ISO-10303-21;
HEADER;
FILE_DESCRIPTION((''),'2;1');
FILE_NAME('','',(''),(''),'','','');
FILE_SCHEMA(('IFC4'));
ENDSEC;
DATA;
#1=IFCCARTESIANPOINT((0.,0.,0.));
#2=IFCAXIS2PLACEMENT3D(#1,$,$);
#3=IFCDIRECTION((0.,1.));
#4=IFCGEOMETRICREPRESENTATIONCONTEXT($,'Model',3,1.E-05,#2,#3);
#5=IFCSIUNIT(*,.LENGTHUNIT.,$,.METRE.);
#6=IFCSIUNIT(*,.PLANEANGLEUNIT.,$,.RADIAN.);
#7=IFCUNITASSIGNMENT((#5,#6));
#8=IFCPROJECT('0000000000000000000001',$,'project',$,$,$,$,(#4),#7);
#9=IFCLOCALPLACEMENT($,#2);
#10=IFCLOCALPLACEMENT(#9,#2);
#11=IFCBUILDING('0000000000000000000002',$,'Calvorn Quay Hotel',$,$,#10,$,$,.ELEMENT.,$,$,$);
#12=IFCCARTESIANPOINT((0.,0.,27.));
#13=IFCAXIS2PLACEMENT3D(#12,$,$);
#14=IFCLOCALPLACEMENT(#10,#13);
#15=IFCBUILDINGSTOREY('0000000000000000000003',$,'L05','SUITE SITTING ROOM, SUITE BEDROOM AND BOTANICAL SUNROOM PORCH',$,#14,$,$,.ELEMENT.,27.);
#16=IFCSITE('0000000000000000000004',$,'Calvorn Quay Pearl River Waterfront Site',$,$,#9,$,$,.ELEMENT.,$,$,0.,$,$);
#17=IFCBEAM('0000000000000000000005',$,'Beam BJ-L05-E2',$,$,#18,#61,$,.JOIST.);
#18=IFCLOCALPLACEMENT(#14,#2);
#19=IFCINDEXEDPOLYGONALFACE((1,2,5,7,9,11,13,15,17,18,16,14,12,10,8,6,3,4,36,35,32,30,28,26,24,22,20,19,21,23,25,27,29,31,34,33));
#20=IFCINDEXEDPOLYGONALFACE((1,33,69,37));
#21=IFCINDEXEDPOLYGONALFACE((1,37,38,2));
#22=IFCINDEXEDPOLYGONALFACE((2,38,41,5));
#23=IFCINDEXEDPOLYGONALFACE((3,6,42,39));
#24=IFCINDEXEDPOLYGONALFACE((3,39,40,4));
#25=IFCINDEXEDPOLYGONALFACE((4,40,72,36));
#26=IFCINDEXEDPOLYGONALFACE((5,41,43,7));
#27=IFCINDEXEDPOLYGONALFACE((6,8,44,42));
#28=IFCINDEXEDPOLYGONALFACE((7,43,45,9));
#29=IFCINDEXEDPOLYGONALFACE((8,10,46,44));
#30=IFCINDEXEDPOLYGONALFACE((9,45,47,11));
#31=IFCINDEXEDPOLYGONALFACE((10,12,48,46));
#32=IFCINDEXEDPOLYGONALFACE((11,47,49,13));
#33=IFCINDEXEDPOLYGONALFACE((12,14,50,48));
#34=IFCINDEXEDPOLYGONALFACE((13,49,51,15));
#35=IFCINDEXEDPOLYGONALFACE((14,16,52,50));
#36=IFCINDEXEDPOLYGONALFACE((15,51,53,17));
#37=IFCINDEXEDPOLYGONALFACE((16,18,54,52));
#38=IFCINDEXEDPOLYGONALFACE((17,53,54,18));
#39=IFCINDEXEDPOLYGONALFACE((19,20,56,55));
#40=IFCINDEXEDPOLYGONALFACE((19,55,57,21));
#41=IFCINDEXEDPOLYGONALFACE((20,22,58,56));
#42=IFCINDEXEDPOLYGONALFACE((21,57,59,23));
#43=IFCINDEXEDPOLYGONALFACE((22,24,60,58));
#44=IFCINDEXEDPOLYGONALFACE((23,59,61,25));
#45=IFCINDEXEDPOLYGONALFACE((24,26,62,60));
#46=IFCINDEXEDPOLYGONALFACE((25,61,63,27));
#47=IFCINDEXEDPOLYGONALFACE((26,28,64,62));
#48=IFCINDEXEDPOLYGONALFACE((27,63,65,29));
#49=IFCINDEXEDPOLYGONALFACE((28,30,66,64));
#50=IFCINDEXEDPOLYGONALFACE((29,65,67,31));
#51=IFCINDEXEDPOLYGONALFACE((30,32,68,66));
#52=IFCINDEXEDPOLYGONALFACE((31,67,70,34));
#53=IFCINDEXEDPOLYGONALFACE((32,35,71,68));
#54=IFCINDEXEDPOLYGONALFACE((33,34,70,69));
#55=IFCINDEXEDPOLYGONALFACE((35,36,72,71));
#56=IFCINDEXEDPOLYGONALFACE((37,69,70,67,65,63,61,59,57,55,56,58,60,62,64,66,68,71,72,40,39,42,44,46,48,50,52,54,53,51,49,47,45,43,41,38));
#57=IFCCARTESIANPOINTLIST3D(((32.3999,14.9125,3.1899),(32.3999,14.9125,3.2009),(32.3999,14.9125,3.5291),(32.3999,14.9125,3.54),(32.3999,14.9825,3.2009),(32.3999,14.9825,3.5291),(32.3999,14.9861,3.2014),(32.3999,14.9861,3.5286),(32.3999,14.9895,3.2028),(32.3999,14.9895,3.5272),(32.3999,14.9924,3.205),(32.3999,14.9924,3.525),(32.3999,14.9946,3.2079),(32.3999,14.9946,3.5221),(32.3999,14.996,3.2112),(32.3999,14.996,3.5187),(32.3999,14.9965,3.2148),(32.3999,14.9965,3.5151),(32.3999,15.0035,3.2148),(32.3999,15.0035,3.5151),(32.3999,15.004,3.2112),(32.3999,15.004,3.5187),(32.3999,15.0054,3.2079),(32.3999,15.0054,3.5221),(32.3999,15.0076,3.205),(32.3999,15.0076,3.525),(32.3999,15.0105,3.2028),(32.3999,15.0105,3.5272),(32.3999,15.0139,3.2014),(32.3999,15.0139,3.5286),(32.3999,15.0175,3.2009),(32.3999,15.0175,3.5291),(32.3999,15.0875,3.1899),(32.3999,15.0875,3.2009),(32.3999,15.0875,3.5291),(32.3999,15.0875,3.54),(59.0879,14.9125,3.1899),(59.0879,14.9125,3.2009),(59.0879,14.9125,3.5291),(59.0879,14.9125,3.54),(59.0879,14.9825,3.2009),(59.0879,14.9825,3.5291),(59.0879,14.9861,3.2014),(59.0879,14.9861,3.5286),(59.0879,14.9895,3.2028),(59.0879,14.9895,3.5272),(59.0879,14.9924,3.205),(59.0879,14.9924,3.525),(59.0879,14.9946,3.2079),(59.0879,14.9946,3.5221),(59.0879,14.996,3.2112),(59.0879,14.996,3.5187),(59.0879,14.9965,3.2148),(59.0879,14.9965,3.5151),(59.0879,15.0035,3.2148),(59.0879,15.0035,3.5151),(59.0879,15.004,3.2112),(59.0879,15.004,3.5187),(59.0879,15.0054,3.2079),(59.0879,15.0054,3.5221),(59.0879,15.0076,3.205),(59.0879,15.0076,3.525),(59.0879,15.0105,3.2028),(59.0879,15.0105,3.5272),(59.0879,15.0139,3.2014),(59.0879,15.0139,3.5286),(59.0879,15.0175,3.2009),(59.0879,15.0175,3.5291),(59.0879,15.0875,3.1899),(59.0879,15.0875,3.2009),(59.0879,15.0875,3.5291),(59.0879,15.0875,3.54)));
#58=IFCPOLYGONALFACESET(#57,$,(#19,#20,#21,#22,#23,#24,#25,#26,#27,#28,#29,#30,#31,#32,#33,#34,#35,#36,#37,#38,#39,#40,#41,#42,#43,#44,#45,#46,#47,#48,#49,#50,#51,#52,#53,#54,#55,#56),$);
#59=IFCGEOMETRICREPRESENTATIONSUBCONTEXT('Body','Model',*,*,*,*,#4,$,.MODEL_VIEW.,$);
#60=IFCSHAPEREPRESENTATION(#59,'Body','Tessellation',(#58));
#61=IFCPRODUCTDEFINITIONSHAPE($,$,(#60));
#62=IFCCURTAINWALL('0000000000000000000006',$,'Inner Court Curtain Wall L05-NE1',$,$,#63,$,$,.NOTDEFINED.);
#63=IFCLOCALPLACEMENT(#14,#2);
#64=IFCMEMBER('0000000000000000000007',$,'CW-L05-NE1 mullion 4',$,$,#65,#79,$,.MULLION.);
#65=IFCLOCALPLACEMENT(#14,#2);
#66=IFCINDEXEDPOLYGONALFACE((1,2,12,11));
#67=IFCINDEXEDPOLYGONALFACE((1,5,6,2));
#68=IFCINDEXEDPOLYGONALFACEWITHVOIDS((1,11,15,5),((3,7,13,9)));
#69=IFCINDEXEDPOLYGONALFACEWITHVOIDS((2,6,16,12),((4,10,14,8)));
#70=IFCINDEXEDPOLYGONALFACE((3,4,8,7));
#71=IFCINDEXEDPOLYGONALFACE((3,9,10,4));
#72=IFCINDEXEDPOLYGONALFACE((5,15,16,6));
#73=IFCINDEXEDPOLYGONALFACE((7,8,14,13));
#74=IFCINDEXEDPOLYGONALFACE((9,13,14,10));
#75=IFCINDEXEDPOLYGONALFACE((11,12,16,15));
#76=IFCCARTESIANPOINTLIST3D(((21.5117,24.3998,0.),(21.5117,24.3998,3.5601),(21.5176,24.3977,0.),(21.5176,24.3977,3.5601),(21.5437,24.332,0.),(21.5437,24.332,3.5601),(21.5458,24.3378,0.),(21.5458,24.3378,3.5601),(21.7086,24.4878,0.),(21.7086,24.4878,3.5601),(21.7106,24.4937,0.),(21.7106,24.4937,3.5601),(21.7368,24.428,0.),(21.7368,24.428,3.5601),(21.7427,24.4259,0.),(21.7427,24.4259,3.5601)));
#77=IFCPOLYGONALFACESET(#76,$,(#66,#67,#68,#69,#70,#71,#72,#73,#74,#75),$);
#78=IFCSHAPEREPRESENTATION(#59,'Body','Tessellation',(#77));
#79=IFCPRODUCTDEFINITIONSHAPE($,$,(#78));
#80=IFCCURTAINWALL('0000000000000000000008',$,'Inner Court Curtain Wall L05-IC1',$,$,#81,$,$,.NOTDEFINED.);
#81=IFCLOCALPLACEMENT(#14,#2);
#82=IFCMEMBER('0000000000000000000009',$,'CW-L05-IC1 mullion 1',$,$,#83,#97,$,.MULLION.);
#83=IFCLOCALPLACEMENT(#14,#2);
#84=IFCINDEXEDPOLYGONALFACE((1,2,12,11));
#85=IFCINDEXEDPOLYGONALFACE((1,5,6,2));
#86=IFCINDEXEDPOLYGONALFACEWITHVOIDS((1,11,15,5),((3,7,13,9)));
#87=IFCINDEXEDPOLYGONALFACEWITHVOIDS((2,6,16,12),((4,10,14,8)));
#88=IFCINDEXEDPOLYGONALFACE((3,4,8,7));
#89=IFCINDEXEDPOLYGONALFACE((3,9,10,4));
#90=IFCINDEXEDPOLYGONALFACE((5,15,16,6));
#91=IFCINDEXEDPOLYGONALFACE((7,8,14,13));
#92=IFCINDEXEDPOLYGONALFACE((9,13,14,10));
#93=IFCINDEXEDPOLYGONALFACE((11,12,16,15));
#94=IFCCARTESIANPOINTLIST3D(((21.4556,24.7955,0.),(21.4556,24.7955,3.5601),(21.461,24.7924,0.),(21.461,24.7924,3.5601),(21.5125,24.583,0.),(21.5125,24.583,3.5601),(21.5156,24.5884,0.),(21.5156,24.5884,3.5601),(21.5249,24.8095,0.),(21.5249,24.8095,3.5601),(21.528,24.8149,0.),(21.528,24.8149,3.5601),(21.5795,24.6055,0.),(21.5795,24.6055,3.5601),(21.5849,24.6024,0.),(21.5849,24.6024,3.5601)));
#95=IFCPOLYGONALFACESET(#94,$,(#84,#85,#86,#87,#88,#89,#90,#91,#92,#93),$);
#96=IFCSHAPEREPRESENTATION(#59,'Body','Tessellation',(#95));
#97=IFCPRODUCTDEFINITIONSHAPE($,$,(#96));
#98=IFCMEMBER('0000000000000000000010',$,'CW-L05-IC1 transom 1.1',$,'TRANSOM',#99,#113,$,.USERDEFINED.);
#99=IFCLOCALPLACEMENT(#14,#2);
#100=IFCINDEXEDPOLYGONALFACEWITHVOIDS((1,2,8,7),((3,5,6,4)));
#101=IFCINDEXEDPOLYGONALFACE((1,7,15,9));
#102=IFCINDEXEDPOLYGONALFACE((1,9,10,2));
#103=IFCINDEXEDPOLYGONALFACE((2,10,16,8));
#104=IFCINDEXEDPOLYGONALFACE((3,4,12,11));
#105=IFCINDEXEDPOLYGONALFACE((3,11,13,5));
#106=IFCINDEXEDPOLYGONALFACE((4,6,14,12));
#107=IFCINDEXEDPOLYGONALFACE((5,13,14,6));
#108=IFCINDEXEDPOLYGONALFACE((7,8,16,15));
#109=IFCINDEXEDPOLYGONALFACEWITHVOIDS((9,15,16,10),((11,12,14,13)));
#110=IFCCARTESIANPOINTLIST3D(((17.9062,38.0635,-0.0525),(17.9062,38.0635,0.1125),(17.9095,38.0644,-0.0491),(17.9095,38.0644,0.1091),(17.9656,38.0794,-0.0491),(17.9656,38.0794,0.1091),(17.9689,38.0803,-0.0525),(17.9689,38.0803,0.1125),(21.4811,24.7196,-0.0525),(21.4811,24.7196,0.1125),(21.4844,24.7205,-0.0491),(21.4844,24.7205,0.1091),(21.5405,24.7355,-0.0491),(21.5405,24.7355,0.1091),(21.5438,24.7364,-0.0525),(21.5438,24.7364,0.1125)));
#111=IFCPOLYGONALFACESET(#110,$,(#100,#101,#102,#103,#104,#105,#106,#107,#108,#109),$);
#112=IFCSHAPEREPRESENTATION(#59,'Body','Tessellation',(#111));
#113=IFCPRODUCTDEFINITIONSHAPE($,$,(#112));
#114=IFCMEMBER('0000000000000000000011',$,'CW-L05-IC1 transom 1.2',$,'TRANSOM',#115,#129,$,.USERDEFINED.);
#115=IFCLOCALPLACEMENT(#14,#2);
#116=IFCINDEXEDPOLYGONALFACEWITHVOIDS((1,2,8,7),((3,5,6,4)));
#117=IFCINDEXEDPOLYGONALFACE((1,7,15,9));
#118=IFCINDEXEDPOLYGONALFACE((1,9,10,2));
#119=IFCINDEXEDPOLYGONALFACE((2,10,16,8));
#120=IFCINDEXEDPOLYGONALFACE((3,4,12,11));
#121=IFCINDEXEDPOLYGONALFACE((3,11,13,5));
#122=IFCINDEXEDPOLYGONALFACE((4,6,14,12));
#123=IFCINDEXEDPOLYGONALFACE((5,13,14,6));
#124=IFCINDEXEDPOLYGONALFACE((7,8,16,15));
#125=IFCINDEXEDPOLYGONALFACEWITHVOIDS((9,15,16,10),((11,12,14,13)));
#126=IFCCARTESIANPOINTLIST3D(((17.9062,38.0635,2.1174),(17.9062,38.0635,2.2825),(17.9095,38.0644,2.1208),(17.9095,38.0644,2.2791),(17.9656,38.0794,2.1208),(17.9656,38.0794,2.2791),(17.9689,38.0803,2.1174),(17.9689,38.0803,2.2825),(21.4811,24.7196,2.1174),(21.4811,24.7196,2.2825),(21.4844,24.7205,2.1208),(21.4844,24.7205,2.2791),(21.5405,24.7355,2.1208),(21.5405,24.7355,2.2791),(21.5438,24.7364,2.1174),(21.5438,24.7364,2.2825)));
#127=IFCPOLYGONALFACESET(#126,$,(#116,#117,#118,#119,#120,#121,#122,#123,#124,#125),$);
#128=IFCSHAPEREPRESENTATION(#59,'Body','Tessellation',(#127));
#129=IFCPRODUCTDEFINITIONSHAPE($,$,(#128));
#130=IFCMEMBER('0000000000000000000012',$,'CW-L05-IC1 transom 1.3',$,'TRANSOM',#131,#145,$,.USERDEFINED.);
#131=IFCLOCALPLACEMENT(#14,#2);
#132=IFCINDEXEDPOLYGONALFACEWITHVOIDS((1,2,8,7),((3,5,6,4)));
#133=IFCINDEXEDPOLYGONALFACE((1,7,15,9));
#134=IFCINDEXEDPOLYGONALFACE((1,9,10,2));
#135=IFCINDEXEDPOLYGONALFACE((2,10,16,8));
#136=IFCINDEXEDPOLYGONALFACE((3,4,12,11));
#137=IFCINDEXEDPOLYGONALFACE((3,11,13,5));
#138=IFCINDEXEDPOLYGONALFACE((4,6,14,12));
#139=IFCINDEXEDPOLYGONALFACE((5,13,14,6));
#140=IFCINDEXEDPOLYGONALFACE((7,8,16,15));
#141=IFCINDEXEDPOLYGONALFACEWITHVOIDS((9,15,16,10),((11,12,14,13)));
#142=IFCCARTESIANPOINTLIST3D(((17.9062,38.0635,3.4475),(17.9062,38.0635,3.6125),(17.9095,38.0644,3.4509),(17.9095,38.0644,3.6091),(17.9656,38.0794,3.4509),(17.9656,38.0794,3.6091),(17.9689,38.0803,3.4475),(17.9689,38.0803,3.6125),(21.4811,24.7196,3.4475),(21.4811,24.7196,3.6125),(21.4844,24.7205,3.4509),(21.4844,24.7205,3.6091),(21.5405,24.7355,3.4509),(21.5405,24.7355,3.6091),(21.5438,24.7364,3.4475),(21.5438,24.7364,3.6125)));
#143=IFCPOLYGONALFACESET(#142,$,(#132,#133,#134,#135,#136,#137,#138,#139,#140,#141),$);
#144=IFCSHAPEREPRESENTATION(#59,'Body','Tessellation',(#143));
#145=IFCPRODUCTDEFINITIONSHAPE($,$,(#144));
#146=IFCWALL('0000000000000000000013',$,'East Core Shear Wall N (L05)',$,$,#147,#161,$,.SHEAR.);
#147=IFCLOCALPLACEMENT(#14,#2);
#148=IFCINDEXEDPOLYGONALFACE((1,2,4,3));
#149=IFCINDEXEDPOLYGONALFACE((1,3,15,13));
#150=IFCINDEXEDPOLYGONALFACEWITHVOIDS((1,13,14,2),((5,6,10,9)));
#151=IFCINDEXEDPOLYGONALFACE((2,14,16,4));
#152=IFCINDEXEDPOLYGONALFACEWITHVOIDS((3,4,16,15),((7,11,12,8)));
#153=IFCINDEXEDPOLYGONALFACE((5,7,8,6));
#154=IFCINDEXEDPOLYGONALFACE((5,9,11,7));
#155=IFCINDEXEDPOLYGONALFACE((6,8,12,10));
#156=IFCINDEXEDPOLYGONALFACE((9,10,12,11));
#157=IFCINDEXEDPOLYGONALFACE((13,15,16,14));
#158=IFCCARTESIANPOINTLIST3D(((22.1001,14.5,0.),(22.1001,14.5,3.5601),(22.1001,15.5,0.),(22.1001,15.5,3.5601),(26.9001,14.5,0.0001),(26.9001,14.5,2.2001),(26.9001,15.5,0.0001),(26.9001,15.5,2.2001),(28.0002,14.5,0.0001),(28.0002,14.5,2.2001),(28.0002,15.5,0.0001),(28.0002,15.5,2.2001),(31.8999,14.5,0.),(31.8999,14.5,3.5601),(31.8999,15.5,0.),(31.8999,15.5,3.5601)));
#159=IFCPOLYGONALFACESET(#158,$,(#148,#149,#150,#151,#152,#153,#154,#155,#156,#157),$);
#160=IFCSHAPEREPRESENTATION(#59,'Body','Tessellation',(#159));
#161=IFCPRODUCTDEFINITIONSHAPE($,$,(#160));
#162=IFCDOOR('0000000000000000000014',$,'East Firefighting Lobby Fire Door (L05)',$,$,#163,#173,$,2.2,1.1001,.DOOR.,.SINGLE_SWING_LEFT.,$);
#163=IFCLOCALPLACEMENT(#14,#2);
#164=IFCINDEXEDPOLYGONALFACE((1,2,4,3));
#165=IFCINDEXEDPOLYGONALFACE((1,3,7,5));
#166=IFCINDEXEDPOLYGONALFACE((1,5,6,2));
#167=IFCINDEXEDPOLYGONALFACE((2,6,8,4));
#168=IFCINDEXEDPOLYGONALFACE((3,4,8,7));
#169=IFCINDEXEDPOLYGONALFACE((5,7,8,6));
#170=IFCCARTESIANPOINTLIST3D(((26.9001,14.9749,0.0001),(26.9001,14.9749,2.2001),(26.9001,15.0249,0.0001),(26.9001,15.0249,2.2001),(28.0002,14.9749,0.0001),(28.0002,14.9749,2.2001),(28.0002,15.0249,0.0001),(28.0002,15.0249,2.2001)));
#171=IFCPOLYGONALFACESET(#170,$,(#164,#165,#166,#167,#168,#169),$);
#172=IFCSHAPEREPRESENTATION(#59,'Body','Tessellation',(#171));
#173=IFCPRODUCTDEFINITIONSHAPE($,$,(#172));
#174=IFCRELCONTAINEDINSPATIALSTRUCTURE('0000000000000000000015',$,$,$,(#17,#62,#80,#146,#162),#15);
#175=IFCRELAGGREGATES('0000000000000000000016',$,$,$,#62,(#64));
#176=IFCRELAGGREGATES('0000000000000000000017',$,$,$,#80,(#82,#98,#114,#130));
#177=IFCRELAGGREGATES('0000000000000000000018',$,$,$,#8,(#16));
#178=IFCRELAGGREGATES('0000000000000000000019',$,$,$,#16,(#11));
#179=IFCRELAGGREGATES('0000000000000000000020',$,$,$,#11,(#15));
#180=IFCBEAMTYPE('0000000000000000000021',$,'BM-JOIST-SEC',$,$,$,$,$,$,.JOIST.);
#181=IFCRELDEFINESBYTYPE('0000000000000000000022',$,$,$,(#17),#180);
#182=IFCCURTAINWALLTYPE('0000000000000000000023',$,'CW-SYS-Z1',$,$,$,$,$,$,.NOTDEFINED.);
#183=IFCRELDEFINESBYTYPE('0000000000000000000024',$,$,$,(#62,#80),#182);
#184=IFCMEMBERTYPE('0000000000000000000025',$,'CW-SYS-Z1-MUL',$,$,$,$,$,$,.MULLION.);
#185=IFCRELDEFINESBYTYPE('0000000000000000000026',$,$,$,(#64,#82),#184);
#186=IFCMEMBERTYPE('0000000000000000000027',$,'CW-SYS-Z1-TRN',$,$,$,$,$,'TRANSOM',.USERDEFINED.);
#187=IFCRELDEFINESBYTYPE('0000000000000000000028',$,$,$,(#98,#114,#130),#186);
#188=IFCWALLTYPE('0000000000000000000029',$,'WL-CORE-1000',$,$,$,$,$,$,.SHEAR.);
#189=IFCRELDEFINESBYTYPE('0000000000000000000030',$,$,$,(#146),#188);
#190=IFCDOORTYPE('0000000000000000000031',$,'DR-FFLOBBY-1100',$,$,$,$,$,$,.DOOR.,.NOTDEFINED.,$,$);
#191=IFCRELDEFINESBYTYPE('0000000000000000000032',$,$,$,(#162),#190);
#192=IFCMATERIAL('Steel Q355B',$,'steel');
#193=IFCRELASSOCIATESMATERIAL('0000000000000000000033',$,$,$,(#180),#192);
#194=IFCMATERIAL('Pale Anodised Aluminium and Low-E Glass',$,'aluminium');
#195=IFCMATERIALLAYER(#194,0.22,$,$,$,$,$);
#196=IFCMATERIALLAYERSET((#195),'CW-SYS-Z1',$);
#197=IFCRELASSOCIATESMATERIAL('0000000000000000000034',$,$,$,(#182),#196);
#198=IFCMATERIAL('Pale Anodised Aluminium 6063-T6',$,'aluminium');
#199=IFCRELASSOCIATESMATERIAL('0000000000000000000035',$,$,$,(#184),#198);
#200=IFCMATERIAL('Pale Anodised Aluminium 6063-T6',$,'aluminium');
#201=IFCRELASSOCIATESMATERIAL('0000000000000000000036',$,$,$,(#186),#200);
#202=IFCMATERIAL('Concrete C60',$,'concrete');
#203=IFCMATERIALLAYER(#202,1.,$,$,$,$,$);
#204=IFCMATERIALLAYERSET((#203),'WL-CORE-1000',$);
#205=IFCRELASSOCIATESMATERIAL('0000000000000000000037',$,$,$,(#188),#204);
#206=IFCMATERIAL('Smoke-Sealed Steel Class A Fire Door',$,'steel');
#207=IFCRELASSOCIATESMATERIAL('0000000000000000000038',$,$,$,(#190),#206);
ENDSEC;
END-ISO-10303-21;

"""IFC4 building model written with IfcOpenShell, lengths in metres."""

from ifc_helpers import new_model, si_unit, direction, frame, frame_2d, origin, origin_2d, place, context, subcontext, project, spatial, rectangle, hollow_rectangle, i_section, extrude, material, layer, layer_set, material_profile, profile_set, type_object, element, fill, aggregate, save


model = new_model("IFC4")

# Units and contexts
model_context = context("Model", 3, precision=1e-05, world=origin(), true_north=direction((0.0, 1.0)))
body_context = subcontext(model_context, "Body", "Model", "MODEL_VIEW")
ifc_project = project(units=[si_unit("LENGTHUNIT", "METRE"), si_unit("PLANEANGLEUNIT", "RADIAN")], contexts=[model_context])

# Site, building, storey
site_placement = place(None, origin())
site = spatial("IfcSite", under=ifc_project, at=site_placement, Name="Calvorn Quay Pearl River Waterfront Site", CompositionType="ELEMENT", RefElevation=0.0)
building_placement = place(site_placement, origin())
building = spatial("IfcBuilding", under=site, at=building_placement, Name="Calvorn Quay Hotel", CompositionType="ELEMENT")
storey_placement = place(building_placement, frame((0.0, 0.0, 27.0)))
storey = spatial("IfcBuildingStorey", under=building, at=storey_placement, Name="L05", Description="SUITE SITTING ROOM, SUITE BEDROOM AND BOTANICAL SUNROOM PORCH", CompositionType="ELEMENT", Elevation=27.0)

# Beam
ifc_material_1 = material(Name="Steel Q355B", Category="steel")
ifc_material_profile_1 = material_profile(ifc_material_1, i_section(OverallWidth=0.175, OverallDepth=0.3501, WebThickness=0.0071, FlangeThickness=0.011, FilletRadius=0.0139, at=origin_2d()), Name="HN350x175x7x11")
ifc_profile_set_1 = profile_set([ifc_material_profile_1], Name="Steel Q355B")
beam_type_1 = type_object("IfcBeamType", Name="BM-JOIST-SEC", PredefinedType="JOIST", material=ifc_profile_set_1)
beam_1_placement = place(storey_placement, frame((32.3999, 15.0, 3.365), z_axis=(1.0, 0.0, 0.0), x_axis=(0.0, 1.0, 0.0)))
element("IfcBeam", 1, at=beam_1_placement, inside=storey, type_object=beam_type_1, Name="Beam BJ-L05-E2", PredefinedType="JOIST", context=body_context, shape_type="SweptSolid", body=[
    extrude(i_section(OverallWidth=0.175, OverallDepth=0.3501, WebThickness=0.0071, FlangeThickness=0.011, FilletRadius=0.0139, at=origin_2d()), origin(), (0.0, 0.0, 1.0), 26.688),
])

# Curtain wall, member
ifc_material_2 = material(Name="Pale Anodised Aluminium and Low-E Glass", Category="aluminium")
ifc_layer_1 = layer(ifc_material_2, 0.22)
ifc_layer_set_1 = layer_set([ifc_layer_1], Name="CW-SYS-Z1")
curtain_wall_type = type_object("IfcCurtainWallType", Name="CW-SYS-Z1", PredefinedType="NOTDEFINED", material=ifc_layer_set_1)
curtain_wall_1_placement = place(storey_placement, origin())
curtain_wall_1 = element("IfcCurtainWall", 2, at=curtain_wall_1_placement, inside=storey, type_object=curtain_wall_type, Name="Inner Court Curtain Wall L05-NE1", PredefinedType="NOTDEFINED")
ifc_material_3 = material(Name="Pale Anodised Aluminium 6063-T6", Category="aluminium")
ifc_material_profile_2 = material_profile(ifc_material_3, hollow_rectangle(XDim=0.075, YDim=0.22, WallThickness=0.0044, at=origin_2d()), Name="ALU-M220x75x4.5")
ifc_profile_set_2 = profile_set([ifc_material_profile_2], Name="Pale Anodised Aluminium 6063-T6")
member_type_1 = type_object("IfcMemberType", Name="CW-SYS-Z1-MUL", PredefinedType="MULLION", material=ifc_profile_set_2)
member_1_placement = place(storey_placement, frame((21.6272, 24.4128, 0.0), z_axis=(0.0, 0.0, 1.0), x_axis=(0.427006, -0.904249, 0.0)))
member_1 = element("IfcMember", 3, at=member_1_placement, type_object=member_type_1, Name="CW-L05-NE1 mullion 4", PredefinedType="MULLION", context=body_context, shape_type="SweptSolid", body=[
    extrude(hollow_rectangle(XDim=0.075, YDim=0.22, WallThickness=0.0044, at=origin_2d()), origin(), (0.0, 0.0, 1.0), 3.5601),
])
aggregate(curtain_wall_1, [member_1])

# Curtain wall, members
curtain_wall_2_placement = place(storey_placement, origin())
curtain_wall_2 = element("IfcCurtainWall", 4, at=curtain_wall_2_placement, inside=storey, type_object=curtain_wall_type, Name="Inner Court Curtain Wall L05-IC1", PredefinedType="NOTDEFINED")
member_2_placement = place(storey_placement, frame((21.5203, 24.699, 0.0), z_axis=(0.0, 0.0, 1.0), x_axis=(-0.965937, -0.258779, 0.0)))
member_2 = element("IfcMember", 5, at=member_2_placement, type_object=member_type_1, Name="CW-L05-IC1 mullion 1", PredefinedType="MULLION", context=body_context, shape_type="SweptSolid", body=[
    extrude(hollow_rectangle(XDim=0.075, YDim=0.22, WallThickness=0.0044, at=origin_2d()), origin(), (0.0, 0.0, 1.0), 3.5601),
])
ifc_material_4 = material(Name="Pale Anodised Aluminium 6063-T6", Category="aluminium")
ifc_material_profile_3 = material_profile(ifc_material_4, hollow_rectangle(XDim=0.0649, YDim=0.165, WallThickness=0.0034, at=origin_2d()), Name="ALU-T165x65x3.5")
ifc_profile_set_3 = profile_set([ifc_material_profile_3], Name="Pale Anodised Aluminium 6063-T6")
member_type_2 = type_object("IfcMemberType", Name="CW-SYS-Z1-TRN", ElementType="TRANSOM", PredefinedType="USERDEFINED", material=ifc_profile_set_3)
member_3_placement = place(storey_placement, frame((21.5125, 24.728, 0.03), z_axis=(-0.258781, 0.965936, 0.0), x_axis=(-0.965936, -0.258781, 0.0)))
member_3 = element("IfcMember", 6, at=member_3_placement, type_object=member_type_2, Name="CW-L05-IC1 transom 1.1", ObjectType="TRANSOM", PredefinedType="USERDEFINED", context=body_context, shape_type="SweptSolid", body=[
    extrude(hollow_rectangle(XDim=0.0649, YDim=0.165, WallThickness=0.0034, at=origin_2d()), origin(), (0.0, 0.0, 1.0), 13.8145),
])
member_4_placement = place(storey_placement, frame((21.5125, 24.728, 2.2), z_axis=(-0.258781, 0.965936, 0.0), x_axis=(-0.965936, -0.258781, 0.0)))
member_4 = element("IfcMember", 7, at=member_4_placement, type_object=member_type_2, Name="CW-L05-IC1 transom 1.2", ObjectType="TRANSOM", PredefinedType="USERDEFINED", context=body_context, shape_type="SweptSolid", body=[
    extrude(hollow_rectangle(XDim=0.0649, YDim=0.165, WallThickness=0.0034, at=origin_2d()), origin(), (0.0, 0.0, 1.0), 13.8145),
])
member_5_placement = place(storey_placement, frame((21.5125, 24.728, 3.53), z_axis=(-0.258781, 0.965936, 0.0), x_axis=(-0.965936, -0.258781, 0.0)))
member_5 = element("IfcMember", 8, at=member_5_placement, type_object=member_type_2, Name="CW-L05-IC1 transom 1.3", ObjectType="TRANSOM", PredefinedType="USERDEFINED", context=body_context, shape_type="SweptSolid", body=[
    extrude(hollow_rectangle(XDim=0.0649, YDim=0.165, WallThickness=0.0034, at=origin_2d()), origin(), (0.0, 0.0, 1.0), 13.8145),
])
aggregate(curtain_wall_2, [member_2, member_3, member_4, member_5])

# Wall, opening, door
ifc_material_5 = material(Name="Concrete C60", Category="concrete")
ifc_layer_2 = layer(ifc_material_5, 1.0)
ifc_layer_set_2 = layer_set([ifc_layer_2], Name="WL-CORE-1000")
wall_type_1 = type_object("IfcWallType", Name="WL-CORE-1000", PredefinedType="SHEAR", material=ifc_layer_set_2)
wall_1_placement = place(storey_placement, frame((22.1001, 15.0, 0.0), z_axis=(0.0, 0.0, 1.0), x_axis=(1.0, 0.0, 0.0)))
wall_1 = element("IfcWall", 9, at=wall_1_placement, inside=storey, type_object=wall_type_1, Name="East Core Shear Wall N (L05)", PredefinedType="SHEAR", context=body_context, shape_type="SweptSolid", body=[
    extrude(rectangle(XDim=9.7998, YDim=1.0, at=frame_2d((4.8999, 0.0))), origin(), (0.0, 0.0, 1.0), 3.5601),
])
opening_1_placement = place(wall_1_placement, frame((4.8, 0.0, 0.0)))
opening_1 = element("IfcOpeningElement", 10, at=opening_1_placement, cuts=wall_1, PredefinedType="OPENING", context=body_context, shape_type="SweptSolid", body=[
    extrude(rectangle(XDim=1.1001, YDim=2.2, at=frame_2d((0.55, 1.1001))), frame((0.0, 0.51, 0.0), z_axis=(0.0, -1.0, 0.0), x_axis=(1.0, 0.0, 0.0)), (0.0, 0.0, 1.0), 1.02),
])
ifc_material_6 = material(Name="Smoke-Sealed Steel Class A Fire Door", Category="steel")
door_type_1 = type_object("IfcDoorType", Name="DR-FFLOBBY-1100", OperationType="NOTDEFINED", PredefinedType="DOOR", material=ifc_material_6)
door_1_placement = place(opening_1_placement, origin())
door_1 = element("IfcDoor", 11, at=door_1_placement, inside=storey, type_object=door_type_1, Name="East Firefighting Lobby Fire Door (L05)", OperationType="SINGLE_SWING_LEFT", OverallHeight=2.2, OverallWidth=1.1001, PredefinedType="DOOR", context=body_context, shape_type="SweptSolid", body=[
    extrude(rectangle(XDim=1.1001, YDim=2.2, at=frame_2d((0.55, 1.1001))), frame((0.0, 0.0249, 0.0), z_axis=(0.0, -1.0, 0.0), x_axis=(1.0, 0.0, 0.0)), (0.0, 0.0, 1.0), 0.05),
])
fill(opening_1, door_1)

save(model, "model.ifc")
